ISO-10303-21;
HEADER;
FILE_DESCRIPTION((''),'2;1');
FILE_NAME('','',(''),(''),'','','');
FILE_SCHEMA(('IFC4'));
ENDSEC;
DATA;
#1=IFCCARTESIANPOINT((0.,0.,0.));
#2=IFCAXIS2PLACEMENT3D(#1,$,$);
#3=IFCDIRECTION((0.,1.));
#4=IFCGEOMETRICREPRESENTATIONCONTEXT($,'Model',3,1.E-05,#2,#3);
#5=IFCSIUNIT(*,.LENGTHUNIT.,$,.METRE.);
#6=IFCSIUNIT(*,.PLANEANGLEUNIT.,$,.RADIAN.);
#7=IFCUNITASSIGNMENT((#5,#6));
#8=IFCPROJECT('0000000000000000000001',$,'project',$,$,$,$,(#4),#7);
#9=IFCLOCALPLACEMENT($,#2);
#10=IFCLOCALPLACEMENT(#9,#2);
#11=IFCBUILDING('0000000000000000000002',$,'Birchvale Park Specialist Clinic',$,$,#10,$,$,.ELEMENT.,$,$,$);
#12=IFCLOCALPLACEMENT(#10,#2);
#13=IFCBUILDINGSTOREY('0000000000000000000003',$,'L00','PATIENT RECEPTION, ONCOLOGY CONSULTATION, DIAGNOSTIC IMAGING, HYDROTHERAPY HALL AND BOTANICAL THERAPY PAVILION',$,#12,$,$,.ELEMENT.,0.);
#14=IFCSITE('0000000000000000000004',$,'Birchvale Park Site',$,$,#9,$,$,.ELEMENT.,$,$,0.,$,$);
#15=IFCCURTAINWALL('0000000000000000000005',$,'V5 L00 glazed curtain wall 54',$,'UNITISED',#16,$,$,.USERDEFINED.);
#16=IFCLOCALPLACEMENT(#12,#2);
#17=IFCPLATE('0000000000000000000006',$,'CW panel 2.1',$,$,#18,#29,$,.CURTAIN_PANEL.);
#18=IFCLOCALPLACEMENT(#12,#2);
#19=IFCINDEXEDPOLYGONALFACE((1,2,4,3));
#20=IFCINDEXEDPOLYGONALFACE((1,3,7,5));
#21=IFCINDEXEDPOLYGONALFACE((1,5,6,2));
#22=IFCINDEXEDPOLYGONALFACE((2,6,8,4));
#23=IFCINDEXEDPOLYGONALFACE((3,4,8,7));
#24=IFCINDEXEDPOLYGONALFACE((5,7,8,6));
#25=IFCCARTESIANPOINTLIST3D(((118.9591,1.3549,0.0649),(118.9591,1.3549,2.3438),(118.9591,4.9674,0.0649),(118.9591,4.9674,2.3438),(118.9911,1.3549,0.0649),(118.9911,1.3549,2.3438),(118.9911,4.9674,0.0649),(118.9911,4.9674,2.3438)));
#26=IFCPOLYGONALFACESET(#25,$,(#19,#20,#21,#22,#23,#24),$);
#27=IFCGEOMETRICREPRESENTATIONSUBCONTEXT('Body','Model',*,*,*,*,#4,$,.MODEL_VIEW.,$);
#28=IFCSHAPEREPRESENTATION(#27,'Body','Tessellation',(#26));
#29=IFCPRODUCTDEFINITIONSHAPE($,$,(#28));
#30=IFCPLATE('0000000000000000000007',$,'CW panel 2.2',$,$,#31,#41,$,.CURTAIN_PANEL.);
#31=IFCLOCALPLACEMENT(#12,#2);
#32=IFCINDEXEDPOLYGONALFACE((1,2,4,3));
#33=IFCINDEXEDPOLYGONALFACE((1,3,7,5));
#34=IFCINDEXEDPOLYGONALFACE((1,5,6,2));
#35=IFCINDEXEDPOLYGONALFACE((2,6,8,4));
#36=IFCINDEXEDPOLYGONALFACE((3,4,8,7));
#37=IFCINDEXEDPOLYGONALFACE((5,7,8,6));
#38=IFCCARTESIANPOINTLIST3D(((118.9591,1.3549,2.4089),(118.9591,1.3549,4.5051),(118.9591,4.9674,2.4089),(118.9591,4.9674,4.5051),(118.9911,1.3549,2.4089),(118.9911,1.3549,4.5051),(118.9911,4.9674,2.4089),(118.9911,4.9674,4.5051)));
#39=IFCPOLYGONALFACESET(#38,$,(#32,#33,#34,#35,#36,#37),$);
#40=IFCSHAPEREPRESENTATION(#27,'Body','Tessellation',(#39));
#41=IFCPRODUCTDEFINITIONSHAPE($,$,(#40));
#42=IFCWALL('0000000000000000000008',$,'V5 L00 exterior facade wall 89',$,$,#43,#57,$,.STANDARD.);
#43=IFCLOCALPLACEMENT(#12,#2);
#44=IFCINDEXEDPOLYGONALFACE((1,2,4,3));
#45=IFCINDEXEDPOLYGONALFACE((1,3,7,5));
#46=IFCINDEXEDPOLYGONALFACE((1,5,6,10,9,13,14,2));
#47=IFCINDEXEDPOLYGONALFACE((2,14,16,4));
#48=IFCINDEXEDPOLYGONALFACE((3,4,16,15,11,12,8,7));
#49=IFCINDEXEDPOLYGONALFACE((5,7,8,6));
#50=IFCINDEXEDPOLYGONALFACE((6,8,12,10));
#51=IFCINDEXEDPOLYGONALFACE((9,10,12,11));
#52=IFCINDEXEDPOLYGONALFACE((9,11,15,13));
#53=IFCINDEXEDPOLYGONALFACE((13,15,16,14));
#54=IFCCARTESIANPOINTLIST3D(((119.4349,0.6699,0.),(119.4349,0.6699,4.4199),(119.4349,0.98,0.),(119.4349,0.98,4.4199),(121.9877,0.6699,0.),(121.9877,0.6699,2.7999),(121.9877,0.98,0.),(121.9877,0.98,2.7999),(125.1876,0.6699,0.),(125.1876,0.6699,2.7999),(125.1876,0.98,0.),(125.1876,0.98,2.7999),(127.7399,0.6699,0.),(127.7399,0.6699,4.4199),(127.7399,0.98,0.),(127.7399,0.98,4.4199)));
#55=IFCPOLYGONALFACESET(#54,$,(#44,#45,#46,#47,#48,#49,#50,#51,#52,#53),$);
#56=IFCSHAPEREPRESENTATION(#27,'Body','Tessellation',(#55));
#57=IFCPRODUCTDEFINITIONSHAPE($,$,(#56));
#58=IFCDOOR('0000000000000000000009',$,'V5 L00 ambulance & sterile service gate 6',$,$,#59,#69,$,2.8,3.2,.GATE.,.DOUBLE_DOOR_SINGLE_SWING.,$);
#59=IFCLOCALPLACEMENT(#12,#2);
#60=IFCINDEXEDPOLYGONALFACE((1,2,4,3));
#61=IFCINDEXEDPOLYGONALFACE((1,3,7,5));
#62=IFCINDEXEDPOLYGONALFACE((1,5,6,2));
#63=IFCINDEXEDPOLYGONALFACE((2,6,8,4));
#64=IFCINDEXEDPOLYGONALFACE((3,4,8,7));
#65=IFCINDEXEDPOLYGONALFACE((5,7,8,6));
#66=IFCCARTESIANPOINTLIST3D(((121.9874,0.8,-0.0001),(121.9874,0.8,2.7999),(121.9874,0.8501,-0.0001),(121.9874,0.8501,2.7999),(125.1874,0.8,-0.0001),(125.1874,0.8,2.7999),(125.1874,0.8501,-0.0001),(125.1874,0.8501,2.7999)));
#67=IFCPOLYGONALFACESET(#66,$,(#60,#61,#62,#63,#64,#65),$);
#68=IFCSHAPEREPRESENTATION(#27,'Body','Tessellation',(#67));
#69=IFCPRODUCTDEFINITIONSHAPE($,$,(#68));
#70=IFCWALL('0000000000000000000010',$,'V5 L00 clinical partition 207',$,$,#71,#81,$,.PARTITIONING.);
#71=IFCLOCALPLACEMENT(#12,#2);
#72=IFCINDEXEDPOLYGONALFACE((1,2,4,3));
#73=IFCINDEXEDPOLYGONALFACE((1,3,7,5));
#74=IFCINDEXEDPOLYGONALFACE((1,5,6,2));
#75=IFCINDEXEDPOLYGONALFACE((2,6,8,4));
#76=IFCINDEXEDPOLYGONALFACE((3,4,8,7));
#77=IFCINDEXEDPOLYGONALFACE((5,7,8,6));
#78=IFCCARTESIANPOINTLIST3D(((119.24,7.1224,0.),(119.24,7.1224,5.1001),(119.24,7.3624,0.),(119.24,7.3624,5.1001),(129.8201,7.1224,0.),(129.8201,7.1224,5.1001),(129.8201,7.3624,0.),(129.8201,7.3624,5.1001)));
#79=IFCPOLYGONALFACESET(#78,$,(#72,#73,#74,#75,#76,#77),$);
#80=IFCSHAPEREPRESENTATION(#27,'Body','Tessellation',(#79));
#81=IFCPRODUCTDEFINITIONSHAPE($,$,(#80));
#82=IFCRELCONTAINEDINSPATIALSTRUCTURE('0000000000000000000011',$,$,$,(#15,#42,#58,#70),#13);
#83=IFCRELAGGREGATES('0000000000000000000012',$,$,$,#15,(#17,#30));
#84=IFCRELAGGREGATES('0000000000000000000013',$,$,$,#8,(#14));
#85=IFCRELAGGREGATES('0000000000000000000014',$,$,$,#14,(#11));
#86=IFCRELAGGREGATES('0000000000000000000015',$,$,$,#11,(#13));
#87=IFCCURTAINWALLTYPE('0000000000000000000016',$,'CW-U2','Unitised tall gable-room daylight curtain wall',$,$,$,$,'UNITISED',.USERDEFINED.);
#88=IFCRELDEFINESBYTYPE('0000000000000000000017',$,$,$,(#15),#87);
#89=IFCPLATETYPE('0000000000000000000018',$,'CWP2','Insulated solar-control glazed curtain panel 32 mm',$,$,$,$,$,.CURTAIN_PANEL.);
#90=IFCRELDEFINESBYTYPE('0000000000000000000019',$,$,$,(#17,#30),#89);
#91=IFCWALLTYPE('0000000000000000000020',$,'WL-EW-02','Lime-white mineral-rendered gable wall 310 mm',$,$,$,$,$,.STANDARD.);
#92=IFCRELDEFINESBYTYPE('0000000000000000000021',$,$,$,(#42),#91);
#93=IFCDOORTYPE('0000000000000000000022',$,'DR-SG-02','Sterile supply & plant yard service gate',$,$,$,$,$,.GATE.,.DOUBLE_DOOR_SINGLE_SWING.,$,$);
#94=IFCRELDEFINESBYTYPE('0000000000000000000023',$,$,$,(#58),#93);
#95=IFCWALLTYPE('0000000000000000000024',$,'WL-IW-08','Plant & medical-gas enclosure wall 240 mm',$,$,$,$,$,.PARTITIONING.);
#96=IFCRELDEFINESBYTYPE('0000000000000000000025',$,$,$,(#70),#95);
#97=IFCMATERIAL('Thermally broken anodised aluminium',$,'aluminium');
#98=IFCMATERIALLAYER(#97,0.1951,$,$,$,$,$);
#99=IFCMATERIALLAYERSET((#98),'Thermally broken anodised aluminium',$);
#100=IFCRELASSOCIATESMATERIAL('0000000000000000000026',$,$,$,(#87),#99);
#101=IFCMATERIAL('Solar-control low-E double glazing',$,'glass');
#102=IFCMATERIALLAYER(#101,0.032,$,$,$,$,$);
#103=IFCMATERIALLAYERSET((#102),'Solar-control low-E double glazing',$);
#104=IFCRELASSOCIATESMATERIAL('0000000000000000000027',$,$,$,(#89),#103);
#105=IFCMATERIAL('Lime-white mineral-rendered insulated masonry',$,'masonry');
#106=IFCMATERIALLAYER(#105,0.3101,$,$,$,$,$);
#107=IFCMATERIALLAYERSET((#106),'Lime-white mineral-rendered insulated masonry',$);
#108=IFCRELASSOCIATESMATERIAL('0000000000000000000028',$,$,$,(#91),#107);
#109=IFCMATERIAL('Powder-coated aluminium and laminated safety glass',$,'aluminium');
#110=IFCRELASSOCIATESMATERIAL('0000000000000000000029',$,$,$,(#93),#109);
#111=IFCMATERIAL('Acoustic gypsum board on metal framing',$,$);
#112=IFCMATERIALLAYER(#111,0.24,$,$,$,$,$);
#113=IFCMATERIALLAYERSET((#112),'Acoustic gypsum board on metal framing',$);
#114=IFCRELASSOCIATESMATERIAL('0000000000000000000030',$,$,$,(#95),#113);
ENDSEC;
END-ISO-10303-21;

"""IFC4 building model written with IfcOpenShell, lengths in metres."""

from ifc_helpers import new_model, si_unit, direction, frame, frame_2d, origin, origin_2d, place, context, subcontext, project, spatial, rectangle, extrude, material, layer, layer_set, type_object, element, fill, aggregate, save


model = new_model("IFC4")

# Units and contexts
model_context = context("Model", 3, precision=1e-05, world=origin(), true_north=direction((0.0, 1.0)))
body_context = subcontext(model_context, "Body", "Model", "MODEL_VIEW")
ifc_project = project(units=[si_unit("LENGTHUNIT", "METRE"), si_unit("PLANEANGLEUNIT", "RADIAN")], contexts=[model_context])

# Site, building, storey
site_placement = place(None, origin())
site = spatial("IfcSite", under=ifc_project, at=site_placement, Name="Birchvale Park Site", CompositionType="ELEMENT", RefElevation=0.0)
building_placement = place(site_placement, origin())
building = spatial("IfcBuilding", under=site, at=building_placement, Name="Birchvale Park Specialist Clinic", CompositionType="ELEMENT")
storey_placement = place(building_placement, origin())
storey = spatial("IfcBuildingStorey", under=building, at=storey_placement, Name="L00", Description="PATIENT RECEPTION, ONCOLOGY CONSULTATION, DIAGNOSTIC IMAGING, HYDROTHERAPY HALL AND BOTANICAL THERAPY PAVILION", CompositionType="ELEMENT", Elevation=0.0)

# Shared definitions
ifc_material_1 = material(Name="Thermally broken anodised aluminium", Category="aluminium")
ifc_layer_1 = layer(ifc_material_1, 0.1951)
ifc_layer_set_1 = layer_set([ifc_layer_1], Name="Thermally broken anodised aluminium")
curtain_wall_type = type_object("IfcCurtainWallType", Name="CW-U2", Description="Unitised tall gable-room daylight curtain wall", ElementType="UNITISED", PredefinedType="USERDEFINED", material=ifc_layer_set_1)

# Curtain wall
curtain_wall_1_placement = place(storey_placement, origin())
curtain_wall_1 = element("IfcCurtainWall", 1, at=curtain_wall_1_placement, inside=storey, type_object=curtain_wall_type, Name="V5 L00 glazed curtain wall 54", ObjectType="UNITISED", PredefinedType="USERDEFINED")

# Plates
ifc_material_2 = material(Name="Solar-control low-E double glazing", Category="glass")
ifc_layer_2 = layer(ifc_material_2, 0.032)
ifc_layer_set_2 = layer_set([ifc_layer_2], Name="Solar-control low-E double glazing")
plate_type = type_object("IfcPlateType", Name="CWP2", Description="Insulated solar-control glazed curtain panel 32 mm", PredefinedType="CURTAIN_PANEL", material=ifc_layer_set_2)
plate_1_placement = place(storey_placement, frame((118.9751, 3.1611, 0.0649), z_axis=(0.0, 0.0, 1.0), x_axis=(0.0, -1.0, 0.0)))
plate_1 = element("IfcPlate", 2, at=plate_1_placement, type_object=plate_type, Name="CW panel 2.1", PredefinedType="CURTAIN_PANEL", context=body_context, shape_type="SweptSolid", body=[
    extrude(rectangle(XDim=3.6125, YDim=0.032, at=origin_2d()), origin(), (0.0, 0.0, 1.0), 2.2788),
])
plate_2_placement = place(storey_placement, frame((118.9751, 3.1611, 2.4089), z_axis=(0.0, 0.0, 1.0), x_axis=(0.0, -1.0, 0.0)))
plate_2 = element("IfcPlate", 3, at=plate_2_placement, type_object=plate_type, Name="CW panel 2.2", PredefinedType="CURTAIN_PANEL", context=body_context, shape_type="SweptSolid", body=[
    extrude(rectangle(XDim=3.6125, YDim=0.032, at=origin_2d()), origin(), (0.0, 0.0, 1.0), 2.0962),
])
aggregate(curtain_wall_1, [plate_1, plate_2])

# Wall, opening, door
ifc_material_3 = material(Name="Lime-white mineral-rendered insulated masonry", Category="masonry")
ifc_layer_3 = layer(ifc_material_3, 0.3101)
ifc_layer_set_3 = layer_set([ifc_layer_3], Name="Lime-white mineral-rendered insulated masonry")
wall_type_1 = type_object("IfcWallType", Name="WL-EW-02", Description="Lime-white mineral-rendered gable wall 310 mm", PredefinedType="STANDARD", material=ifc_layer_set_3)
wall_1_placement = place(storey_placement, frame((119.4351, 0.825, 0.0), z_axis=(0.0, 0.0, 1.0), x_axis=(1.0, 0.0, 0.0)))
wall_1 = element("IfcWall", 4, at=wall_1_placement, inside=storey, type_object=wall_type_1, Name="V5 L00 exterior facade wall 89", PredefinedType="STANDARD", context=body_context, shape_type="SweptSolid", body=[
    extrude(rectangle(XDim=8.3049, YDim=0.3101, at=frame_2d((4.1523, 0.0))), origin(), (0.0, 0.0, 1.0), 4.4199),
])
opening_placement = place(wall_1_placement, frame((2.5525, 0.0, 0.0)))
opening = element("IfcOpeningElement", 5, at=opening_placement, cuts=wall_1, PredefinedType="OPENING", context=body_context, shape_type="SweptSolid", body=[
    extrude(rectangle(XDim=3.2, YDim=2.8, at=frame_2d((1.6001, 1.3999))), frame((0.0, 0.165, 0.0), z_axis=(0.0, -1.0, 0.0), x_axis=(1.0, 0.0, 0.0)), (0.0, 0.0, 1.0), 0.3301),
])
ifc_material_4 = material(Name="Powder-coated aluminium and laminated safety glass", Category="aluminium")
door_type = type_object("IfcDoorType", Name="DR-SG-02", Description="Sterile supply & plant yard service gate", OperationType="DOUBLE_DOOR_SINGLE_SWING", PredefinedType="GATE", material=ifc_material_4)
door_placement = place(opening_placement, frame((3.2, 0.0, 0.0), z_axis=(0.0, 0.0, 1.0), x_axis=(-1.0, 0.0, 0.0)))
door = element("IfcDoor", 6, at=door_placement, inside=storey, type_object=door_type, Name="V5 L00 ambulance & sterile service gate 6", OperationType="DOUBLE_DOOR_SINGLE_SWING", OverallHeight=2.8, OverallWidth=3.2, PredefinedType="GATE", context=body_context, shape_type="SweptSolid", body=[
    extrude(rectangle(XDim=3.2, YDim=2.8, at=frame_2d((1.6001, 1.3999))), frame((0.0, 0.0249, 0.0), z_axis=(0.0, -1.0, 0.0), x_axis=(1.0, 0.0, 0.0)), (0.0, 0.0, 1.0), 0.05),
])
fill(opening, door)

# Wall
ifc_material_5 = material(Name="Acoustic gypsum board on metal framing")
ifc_layer_4 = layer(ifc_material_5, 0.24)
ifc_layer_set_4 = layer_set([ifc_layer_4], Name="Acoustic gypsum board on metal framing")
wall_type_2 = type_object("IfcWallType", Name="WL-IW-08", Description="Plant & medical-gas enclosure wall 240 mm", PredefinedType="PARTITIONING", material=ifc_layer_set_4)
wall_2_placement = place(storey_placement, frame((119.24, 7.2424, 0.0), z_axis=(0.0, 0.0, 1.0), x_axis=(1.0, 0.0, 0.0)))
element("IfcWall", 7, at=wall_2_placement, inside=storey, type_object=wall_type_2, Name="V5 L00 clinical partition 207", PredefinedType="PARTITIONING", context=body_context, shape_type="SweptSolid", body=[
    extrude(rectangle(XDim=10.5801, YDim=0.24, at=frame_2d((5.29, 0.0))), origin(), (0.0, 0.0, 1.0), 5.1001),
])

save(model, "model.ifc")
